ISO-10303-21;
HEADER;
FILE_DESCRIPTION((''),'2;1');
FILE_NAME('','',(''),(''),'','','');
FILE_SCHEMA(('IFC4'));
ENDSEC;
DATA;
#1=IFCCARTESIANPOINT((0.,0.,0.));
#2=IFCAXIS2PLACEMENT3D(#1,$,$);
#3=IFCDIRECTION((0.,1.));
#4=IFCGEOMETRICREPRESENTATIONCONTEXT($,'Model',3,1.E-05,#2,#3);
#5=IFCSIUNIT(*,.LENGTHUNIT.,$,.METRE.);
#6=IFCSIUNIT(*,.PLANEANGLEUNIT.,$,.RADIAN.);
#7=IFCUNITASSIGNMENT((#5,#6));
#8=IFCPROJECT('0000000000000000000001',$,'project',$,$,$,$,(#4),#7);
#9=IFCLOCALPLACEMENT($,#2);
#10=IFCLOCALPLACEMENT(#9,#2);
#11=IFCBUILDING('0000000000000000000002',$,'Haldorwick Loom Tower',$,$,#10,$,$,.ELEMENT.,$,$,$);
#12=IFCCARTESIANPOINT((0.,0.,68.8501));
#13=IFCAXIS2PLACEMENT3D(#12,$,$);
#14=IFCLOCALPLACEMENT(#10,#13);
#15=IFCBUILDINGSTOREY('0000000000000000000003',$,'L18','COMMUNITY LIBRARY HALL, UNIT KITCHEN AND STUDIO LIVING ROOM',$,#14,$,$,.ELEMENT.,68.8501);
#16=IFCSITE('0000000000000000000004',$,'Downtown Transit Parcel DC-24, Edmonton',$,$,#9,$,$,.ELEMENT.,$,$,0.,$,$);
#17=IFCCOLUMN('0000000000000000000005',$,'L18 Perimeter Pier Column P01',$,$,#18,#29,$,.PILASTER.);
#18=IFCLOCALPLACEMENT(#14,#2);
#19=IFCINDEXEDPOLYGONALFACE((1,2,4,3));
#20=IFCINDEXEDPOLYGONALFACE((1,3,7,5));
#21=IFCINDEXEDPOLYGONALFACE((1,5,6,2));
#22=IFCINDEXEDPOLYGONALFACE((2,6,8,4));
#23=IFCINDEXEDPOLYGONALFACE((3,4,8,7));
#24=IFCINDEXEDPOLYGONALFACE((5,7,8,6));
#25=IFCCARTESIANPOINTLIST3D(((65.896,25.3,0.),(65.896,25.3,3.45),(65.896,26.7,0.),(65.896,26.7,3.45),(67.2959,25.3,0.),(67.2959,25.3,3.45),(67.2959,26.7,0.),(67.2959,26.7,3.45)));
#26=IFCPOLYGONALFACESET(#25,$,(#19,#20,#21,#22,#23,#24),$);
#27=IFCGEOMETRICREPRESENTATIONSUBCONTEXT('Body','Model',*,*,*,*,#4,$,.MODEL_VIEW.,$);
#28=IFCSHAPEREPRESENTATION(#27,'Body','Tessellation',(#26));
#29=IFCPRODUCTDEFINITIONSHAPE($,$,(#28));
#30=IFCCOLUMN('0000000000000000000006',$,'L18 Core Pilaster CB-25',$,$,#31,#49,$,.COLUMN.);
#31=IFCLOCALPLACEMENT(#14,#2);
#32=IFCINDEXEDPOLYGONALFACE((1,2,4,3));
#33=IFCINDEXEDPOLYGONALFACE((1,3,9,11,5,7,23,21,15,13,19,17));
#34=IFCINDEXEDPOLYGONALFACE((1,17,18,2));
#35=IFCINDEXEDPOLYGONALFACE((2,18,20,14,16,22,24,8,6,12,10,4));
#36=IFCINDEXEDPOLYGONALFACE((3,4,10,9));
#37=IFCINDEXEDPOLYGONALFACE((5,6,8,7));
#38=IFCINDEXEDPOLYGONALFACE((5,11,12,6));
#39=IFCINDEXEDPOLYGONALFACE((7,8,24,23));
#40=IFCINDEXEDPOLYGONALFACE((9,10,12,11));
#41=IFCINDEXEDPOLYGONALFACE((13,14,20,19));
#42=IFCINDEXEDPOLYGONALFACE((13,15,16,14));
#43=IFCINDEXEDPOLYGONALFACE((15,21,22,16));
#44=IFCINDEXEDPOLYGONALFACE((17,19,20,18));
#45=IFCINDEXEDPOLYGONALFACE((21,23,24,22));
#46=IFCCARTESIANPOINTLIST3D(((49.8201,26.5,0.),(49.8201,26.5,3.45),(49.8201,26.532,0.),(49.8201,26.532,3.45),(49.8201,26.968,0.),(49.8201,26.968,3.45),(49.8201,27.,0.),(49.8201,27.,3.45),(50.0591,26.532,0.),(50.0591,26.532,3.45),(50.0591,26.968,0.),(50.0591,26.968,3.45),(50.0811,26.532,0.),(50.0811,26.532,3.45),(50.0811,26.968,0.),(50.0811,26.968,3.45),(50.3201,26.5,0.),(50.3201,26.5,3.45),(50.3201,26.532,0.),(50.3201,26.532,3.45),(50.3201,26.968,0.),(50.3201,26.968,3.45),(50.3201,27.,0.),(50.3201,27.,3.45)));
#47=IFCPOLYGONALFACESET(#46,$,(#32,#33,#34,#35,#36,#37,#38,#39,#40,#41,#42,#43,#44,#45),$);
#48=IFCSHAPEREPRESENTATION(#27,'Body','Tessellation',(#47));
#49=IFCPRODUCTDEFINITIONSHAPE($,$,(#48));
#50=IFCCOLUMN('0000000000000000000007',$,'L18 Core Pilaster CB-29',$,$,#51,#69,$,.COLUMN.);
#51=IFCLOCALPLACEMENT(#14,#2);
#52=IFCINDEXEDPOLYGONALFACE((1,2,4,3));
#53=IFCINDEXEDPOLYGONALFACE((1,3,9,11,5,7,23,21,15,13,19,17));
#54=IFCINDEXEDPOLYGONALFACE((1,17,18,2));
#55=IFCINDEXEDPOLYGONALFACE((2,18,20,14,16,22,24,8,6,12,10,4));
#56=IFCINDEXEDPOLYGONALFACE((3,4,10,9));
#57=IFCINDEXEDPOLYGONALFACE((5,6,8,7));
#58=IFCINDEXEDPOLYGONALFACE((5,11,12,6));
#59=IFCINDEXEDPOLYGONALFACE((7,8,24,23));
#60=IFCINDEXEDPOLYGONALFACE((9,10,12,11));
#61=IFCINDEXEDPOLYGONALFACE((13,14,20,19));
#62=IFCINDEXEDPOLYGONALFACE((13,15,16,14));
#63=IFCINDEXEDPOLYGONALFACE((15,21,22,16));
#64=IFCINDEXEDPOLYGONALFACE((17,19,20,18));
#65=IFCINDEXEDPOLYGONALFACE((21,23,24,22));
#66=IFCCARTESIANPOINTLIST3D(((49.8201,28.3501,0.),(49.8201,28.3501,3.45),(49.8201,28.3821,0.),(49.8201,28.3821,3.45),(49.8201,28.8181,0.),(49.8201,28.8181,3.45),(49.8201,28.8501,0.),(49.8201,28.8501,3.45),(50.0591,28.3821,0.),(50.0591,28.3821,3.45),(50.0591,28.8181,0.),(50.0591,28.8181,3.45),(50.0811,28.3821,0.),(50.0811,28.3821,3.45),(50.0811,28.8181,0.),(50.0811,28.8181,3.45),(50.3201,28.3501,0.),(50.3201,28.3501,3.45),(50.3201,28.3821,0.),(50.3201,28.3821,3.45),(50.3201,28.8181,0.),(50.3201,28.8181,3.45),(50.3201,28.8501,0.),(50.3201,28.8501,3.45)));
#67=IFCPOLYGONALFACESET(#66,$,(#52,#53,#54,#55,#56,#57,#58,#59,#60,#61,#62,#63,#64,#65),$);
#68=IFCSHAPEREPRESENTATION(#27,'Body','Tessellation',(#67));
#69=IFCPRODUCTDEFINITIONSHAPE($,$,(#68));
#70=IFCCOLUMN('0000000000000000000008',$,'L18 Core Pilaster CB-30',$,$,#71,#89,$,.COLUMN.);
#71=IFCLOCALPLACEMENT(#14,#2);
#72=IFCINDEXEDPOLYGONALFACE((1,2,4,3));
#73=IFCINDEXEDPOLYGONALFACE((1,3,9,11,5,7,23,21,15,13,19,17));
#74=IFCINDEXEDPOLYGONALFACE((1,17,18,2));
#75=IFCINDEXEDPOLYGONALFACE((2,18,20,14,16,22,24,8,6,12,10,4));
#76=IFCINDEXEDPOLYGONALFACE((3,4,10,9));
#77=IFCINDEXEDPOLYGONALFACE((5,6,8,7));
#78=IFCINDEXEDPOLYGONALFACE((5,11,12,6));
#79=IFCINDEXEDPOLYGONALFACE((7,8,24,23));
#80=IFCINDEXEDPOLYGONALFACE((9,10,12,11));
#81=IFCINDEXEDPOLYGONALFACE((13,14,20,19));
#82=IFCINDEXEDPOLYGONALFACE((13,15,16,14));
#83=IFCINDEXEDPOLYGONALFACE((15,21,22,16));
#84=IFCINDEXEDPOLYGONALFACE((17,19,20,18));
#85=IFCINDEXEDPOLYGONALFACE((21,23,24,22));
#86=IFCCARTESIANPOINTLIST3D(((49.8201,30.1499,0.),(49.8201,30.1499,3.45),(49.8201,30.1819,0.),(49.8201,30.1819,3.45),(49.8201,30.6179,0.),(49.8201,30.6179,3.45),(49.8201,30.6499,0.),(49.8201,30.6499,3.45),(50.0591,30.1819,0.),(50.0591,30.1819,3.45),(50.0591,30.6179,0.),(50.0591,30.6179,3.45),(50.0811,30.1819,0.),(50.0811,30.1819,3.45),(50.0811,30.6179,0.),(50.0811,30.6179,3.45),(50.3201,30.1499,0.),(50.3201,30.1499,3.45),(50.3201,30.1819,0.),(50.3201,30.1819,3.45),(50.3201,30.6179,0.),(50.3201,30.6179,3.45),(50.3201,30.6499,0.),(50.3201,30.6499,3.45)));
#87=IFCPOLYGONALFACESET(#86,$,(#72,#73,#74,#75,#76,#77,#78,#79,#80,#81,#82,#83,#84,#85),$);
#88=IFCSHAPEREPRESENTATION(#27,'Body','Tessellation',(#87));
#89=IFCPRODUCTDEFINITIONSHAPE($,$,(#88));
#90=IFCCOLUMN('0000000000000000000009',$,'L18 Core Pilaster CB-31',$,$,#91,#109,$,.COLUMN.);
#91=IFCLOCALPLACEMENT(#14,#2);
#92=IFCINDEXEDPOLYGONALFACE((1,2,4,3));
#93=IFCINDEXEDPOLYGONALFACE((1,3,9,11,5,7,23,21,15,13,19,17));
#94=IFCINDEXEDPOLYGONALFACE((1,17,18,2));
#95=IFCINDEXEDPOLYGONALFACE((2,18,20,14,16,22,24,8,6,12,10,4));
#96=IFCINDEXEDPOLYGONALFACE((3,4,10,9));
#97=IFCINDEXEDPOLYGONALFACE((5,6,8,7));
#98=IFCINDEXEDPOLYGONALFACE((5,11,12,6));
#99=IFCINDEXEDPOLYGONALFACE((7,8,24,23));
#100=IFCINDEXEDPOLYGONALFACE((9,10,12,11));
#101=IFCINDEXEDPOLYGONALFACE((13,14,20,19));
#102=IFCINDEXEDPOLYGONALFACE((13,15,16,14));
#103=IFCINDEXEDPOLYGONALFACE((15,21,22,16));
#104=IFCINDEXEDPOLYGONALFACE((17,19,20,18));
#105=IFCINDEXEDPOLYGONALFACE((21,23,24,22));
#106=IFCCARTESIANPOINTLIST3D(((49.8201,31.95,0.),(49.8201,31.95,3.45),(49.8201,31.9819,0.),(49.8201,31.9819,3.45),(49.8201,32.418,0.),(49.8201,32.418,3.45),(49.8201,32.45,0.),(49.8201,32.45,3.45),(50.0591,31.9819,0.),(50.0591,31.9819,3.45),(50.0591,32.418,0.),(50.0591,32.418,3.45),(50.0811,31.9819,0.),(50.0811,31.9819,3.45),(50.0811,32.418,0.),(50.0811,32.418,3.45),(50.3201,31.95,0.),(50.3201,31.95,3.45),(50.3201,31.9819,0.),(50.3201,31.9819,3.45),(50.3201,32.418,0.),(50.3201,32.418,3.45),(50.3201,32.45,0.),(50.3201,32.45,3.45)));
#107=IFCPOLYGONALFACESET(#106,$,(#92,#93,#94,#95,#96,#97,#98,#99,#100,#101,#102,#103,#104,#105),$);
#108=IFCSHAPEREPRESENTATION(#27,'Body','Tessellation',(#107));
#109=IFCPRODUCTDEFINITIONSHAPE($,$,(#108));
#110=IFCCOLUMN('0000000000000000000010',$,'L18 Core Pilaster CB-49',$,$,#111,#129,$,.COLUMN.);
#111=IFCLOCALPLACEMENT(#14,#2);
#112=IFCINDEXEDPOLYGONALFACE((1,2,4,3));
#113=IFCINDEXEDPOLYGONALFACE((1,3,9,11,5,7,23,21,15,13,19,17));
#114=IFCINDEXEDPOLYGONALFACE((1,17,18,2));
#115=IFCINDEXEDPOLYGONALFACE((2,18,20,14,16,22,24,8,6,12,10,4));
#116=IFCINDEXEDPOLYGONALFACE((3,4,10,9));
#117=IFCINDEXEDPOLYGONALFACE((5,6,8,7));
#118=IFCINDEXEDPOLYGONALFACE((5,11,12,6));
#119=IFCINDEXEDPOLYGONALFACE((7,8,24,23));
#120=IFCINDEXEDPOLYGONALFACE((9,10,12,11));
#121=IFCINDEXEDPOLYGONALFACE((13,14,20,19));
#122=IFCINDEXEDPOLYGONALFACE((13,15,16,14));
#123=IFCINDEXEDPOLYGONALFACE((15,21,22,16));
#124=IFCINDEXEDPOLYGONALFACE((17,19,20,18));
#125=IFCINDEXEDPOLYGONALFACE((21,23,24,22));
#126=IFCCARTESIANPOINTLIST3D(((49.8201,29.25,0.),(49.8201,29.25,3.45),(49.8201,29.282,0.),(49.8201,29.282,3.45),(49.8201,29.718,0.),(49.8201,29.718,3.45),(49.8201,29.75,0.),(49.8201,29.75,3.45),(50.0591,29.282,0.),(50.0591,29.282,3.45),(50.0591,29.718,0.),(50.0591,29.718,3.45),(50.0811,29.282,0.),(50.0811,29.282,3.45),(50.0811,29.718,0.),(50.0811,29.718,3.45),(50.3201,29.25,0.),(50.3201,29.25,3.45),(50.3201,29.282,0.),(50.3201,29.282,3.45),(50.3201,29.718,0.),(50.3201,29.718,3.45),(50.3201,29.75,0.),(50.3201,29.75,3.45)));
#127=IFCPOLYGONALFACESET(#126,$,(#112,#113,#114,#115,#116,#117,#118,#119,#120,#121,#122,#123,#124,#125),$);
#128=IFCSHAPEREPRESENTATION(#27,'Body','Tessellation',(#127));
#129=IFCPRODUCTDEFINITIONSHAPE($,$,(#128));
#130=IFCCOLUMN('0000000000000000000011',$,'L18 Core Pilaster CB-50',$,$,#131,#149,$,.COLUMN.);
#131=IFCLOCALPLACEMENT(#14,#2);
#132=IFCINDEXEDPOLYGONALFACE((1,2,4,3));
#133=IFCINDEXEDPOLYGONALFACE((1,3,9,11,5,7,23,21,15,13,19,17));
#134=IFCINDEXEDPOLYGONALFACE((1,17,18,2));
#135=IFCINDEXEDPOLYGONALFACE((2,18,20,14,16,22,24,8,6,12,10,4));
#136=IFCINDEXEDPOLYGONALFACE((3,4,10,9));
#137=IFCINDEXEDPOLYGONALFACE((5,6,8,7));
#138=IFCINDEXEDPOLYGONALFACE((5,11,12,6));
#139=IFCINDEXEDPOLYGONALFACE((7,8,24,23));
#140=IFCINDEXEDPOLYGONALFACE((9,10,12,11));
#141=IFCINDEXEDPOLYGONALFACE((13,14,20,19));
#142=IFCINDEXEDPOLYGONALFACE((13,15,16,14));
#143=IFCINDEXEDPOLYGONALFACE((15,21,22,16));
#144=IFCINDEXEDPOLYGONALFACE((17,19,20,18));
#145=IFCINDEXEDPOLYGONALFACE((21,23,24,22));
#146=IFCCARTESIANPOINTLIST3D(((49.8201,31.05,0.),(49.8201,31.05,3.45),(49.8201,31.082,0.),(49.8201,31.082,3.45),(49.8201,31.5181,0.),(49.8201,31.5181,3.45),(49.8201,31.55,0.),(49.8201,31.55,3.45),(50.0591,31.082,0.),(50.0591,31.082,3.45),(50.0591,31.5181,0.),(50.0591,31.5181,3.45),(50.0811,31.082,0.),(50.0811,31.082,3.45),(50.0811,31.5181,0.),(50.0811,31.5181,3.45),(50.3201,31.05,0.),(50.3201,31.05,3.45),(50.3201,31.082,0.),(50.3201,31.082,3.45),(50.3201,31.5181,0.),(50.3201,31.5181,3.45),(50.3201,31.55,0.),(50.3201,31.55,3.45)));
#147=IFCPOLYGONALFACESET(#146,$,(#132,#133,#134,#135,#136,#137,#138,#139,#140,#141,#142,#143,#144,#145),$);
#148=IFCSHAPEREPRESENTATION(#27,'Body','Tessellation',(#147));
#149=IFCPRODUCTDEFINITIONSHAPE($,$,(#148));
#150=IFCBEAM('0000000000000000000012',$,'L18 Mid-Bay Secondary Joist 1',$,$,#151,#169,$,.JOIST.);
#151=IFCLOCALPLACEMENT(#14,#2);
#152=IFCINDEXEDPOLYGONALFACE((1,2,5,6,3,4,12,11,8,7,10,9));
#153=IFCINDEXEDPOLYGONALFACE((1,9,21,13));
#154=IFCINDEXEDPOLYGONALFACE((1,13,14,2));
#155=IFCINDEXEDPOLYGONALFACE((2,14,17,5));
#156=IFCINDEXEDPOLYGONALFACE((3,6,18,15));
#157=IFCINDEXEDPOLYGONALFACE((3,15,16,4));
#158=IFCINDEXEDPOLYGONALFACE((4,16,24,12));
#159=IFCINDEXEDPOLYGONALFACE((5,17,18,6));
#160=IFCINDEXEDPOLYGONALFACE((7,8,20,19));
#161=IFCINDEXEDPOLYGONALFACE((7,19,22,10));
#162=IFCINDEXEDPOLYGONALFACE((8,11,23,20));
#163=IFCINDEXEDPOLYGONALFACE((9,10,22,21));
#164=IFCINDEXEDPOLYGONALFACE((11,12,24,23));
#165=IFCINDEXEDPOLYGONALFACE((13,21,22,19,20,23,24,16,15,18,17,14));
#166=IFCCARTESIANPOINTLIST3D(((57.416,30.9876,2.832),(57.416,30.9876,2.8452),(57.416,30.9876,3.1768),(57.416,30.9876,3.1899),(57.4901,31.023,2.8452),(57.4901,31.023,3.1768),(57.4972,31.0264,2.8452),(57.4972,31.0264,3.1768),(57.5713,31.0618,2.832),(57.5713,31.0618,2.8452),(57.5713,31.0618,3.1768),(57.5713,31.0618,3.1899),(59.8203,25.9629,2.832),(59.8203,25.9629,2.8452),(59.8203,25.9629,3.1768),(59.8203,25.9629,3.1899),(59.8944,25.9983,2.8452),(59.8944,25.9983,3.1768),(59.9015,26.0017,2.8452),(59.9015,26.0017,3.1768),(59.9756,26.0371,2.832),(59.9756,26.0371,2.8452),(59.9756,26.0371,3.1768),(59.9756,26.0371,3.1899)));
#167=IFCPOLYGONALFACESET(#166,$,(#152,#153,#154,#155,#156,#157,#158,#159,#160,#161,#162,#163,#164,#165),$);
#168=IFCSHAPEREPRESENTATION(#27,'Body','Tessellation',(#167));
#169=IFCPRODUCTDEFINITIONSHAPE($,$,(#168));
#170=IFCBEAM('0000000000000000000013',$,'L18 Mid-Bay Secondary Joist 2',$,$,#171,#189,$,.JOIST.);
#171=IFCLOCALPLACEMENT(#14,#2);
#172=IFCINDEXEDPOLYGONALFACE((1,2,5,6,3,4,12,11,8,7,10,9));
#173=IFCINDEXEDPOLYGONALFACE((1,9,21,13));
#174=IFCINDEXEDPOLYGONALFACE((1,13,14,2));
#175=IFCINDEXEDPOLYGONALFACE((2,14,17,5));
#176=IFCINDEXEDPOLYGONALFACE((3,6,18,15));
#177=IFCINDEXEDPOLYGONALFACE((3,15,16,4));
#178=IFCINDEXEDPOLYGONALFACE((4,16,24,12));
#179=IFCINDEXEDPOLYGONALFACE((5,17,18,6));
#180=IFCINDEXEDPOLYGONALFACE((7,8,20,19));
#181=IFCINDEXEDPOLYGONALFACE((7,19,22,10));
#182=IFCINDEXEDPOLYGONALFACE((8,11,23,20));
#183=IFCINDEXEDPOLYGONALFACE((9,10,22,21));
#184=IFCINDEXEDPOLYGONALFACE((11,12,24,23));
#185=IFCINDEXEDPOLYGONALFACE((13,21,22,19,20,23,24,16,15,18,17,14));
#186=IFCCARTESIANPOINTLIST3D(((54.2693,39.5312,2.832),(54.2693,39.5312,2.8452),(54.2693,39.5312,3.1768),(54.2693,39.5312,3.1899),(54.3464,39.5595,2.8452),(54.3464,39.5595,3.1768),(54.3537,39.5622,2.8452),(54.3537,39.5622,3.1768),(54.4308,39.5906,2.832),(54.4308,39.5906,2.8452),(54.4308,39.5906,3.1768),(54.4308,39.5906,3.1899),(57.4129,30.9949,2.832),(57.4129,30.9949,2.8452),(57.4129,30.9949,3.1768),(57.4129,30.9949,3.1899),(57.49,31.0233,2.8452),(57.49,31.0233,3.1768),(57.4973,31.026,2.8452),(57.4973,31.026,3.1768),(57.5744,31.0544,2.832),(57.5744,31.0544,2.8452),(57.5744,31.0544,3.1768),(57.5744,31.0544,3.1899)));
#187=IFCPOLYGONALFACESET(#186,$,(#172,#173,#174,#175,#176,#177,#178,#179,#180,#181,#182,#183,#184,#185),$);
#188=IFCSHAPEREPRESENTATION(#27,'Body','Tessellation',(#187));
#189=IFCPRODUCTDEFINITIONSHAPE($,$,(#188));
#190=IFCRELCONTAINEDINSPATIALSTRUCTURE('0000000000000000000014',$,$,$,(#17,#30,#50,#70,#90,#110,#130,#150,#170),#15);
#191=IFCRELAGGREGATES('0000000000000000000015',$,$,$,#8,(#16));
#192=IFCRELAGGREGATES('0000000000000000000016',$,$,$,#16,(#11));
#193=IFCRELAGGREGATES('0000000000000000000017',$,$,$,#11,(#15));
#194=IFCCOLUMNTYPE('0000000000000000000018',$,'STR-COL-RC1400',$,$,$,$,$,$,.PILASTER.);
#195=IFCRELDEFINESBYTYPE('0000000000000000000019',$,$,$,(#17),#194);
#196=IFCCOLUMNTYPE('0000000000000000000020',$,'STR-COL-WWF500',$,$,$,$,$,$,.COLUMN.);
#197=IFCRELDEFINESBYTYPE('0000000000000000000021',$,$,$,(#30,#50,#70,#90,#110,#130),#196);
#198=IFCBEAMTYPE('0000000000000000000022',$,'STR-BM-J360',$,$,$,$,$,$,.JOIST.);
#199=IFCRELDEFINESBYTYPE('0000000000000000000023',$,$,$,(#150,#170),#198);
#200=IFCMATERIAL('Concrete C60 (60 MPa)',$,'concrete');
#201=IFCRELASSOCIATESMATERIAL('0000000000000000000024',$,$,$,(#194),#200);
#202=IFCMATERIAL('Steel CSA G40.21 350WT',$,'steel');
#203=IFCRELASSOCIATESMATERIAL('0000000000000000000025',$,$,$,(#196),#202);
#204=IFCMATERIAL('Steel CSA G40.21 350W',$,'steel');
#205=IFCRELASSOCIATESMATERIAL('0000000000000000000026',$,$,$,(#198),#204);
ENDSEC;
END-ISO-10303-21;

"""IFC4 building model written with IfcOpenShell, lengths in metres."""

from ifc_helpers import new_model, si_unit, direction, frame, origin, origin_2d, place, context, subcontext, project, spatial, rectangle, i_section, extrude, material, material_profile, profile_set, type_object, element, save


model = new_model("IFC4")

# Units and contexts
model_context = context("Model", 3, precision=1e-05, world=origin(), true_north=direction((0.0, 1.0)))
body_context = subcontext(model_context, "Body", "Model", "MODEL_VIEW")
ifc_project = project(units=[si_unit("LENGTHUNIT", "METRE"), si_unit("PLANEANGLEUNIT", "RADIAN")], contexts=[model_context])

# Site, building, storey
site_placement = place(None, origin())
site = spatial("IfcSite", under=ifc_project, at=site_placement, Name="Downtown Transit Parcel DC-24, Edmonton", CompositionType="ELEMENT", RefElevation=0.0)
building_placement = place(site_placement, origin())
building = spatial("IfcBuilding", under=site, at=building_placement, Name="Haldorwick Loom Tower", CompositionType="ELEMENT")
storey_placement = place(building_placement, frame((0.0, 0.0, 68.8501)))
storey = spatial("IfcBuildingStorey", under=building, at=storey_placement, Name="L18", Description="COMMUNITY LIBRARY HALL, UNIT KITCHEN AND STUDIO LIVING ROOM", CompositionType="ELEMENT", Elevation=68.8501)

# Columns
ifc_material_1 = material(Name="Concrete C60 (60 MPa)", Category="concrete")
ifc_material_profile_1 = material_profile(ifc_material_1, rectangle(XDim=1.3999, YDim=1.3999, at=origin_2d()), Name="RC1400X1400", Category="concrete")
ifc_profile_set_1 = profile_set([ifc_material_profile_1], Name="Concrete C60 (60 MPa)")
column_type_1 = type_object("IfcColumnType", Name="STR-COL-RC1400", PredefinedType="PILASTER", material=ifc_profile_set_1)
column_placement = place(storey_placement, frame((66.5959, 26.0, 0.0), z_axis=(0.0, 0.0, 1.0), x_axis=(1.0, 0.0, 0.0)))
element("IfcColumn", 1, at=column_placement, inside=storey, type_object=column_type_1, Name="L18 Perimeter Pier Column P01", PredefinedType="PILASTER", context=body_context, shape_type="SweptSolid", body=[
    extrude(rectangle(XDim=1.3999, YDim=1.3999, at=origin_2d()), origin(), (0.0, 0.0, 1.0), 3.45),
])
ifc_material_2 = material(Name="Steel CSA G40.21 350WT", Category="steel")
ifc_material_profile_2 = material_profile(ifc_material_2, i_section(OverallWidth=0.5, OverallDepth=0.5, WebThickness=0.022, FlangeThickness=0.032, at=origin_2d()), Name="WWF500X500", Category="steel")
ifc_profile_set_2 = profile_set([ifc_material_profile_2], Name="Steel CSA G40.21 350WT")
column_type_2 = type_object("IfcColumnType", Name="STR-COL-WWF500", PredefinedType="COLUMN", material=ifc_profile_set_2)
for number, where, z_axis, x_axis, name in (
    (2, (50.0701, 26.75, 0.0), (0.0, 0.0, 1.0), (1.0, 0.0, 0.0), "L18 Core Pilaster CB-25"),
    (3, (50.0701, 28.6001, 0.0), (0.0, 0.0, 1.0), (1.0, 0.0, 0.0), "L18 Core Pilaster CB-29"),
    (4, (50.0701, 30.3999, 0.0), (0.0, 0.0, 1.0), (1.0, 0.0, 0.0), "L18 Core Pilaster CB-30"),
    (5, (50.0701, 32.2, 0.0), (0.0, 0.0, 1.0), (1.0, 0.0, 0.0), "L18 Core Pilaster CB-31"),
    (6, (50.0701, 29.5, 0.0), (0.0, 0.0, 1.0), (1.0, 0.0, 0.0), "L18 Core Pilaster CB-49"),
    (7, (50.0701, 31.3, 0.0), (0.0, 0.0, 1.0), (1.0, 0.0, 0.0), "L18 Core Pilaster CB-50"),
):
    element("IfcColumn", number, at=place(storey_placement, frame(where, z_axis=z_axis, x_axis=x_axis)), inside=storey, type_object=column_type_2, Name=name, PredefinedType="COLUMN", context=body_context, shape_type="SweptSolid", body=[
        extrude(i_section(OverallWidth=0.5, OverallDepth=0.5, WebThickness=0.022, FlangeThickness=0.032, at=origin_2d()), origin(), (0.0, 0.0, 1.0), 3.45),
    ])

# Beams
ifc_material_3 = material(Name="Steel CSA G40.21 350W", Category="steel")
ifc_material_profile_3 = material_profile(ifc_material_3, i_section(OverallWidth=0.1721, OverallDepth=0.3579, WebThickness=0.0078, FlangeThickness=0.0132, at=origin_2d()), Name="W360X57", Category="steel")
ifc_profile_set_3 = profile_set([ifc_material_profile_3], Name="Steel CSA G40.21 350W")
beam_type_1 = type_object("IfcBeamType", Name="STR-BM-J360", PredefinedType="JOIST", material=ifc_profile_set_3)
beam_1_placement = place(storey_placement, frame((59.8979, 26.0, 3.011), z_axis=(-0.431631, 0.90205, 0.0), x_axis=(-0.90205, -0.431631, 0.0)))
element("IfcBeam", 8, at=beam_1_placement, inside=storey, type_object=beam_type_1, Name="L18 Mid-Bay Secondary Joist 1", PredefinedType="JOIST", context=body_context, shape_type="SweptSolid", body=[
    extrude(i_section(OverallWidth=0.1721, OverallDepth=0.3579, WebThickness=0.0078, FlangeThickness=0.0132, at=origin_2d()), origin(), (0.0, 0.0, 1.0), 5.5703),
])
beam_2_placement = place(storey_placement, frame((57.4937, 31.0247, 3.011), z_axis=(-0.345576, 0.938391, 0.0), x_axis=(-0.938391, -0.345576, 0.0)))
element("IfcBeam", 9, at=beam_2_placement, inside=storey, type_object=beam_type_1, Name="L18 Mid-Bay Secondary Joist 2", PredefinedType="JOIST", context=body_context, shape_type="SweptSolid", body=[
    extrude(i_section(OverallWidth=0.1721, OverallDepth=0.3579, WebThickness=0.0078, FlangeThickness=0.0132, at=origin_2d()), origin(), (0.0, 0.0, 1.0), 9.0967),
])

save(model, "model.ifc")
